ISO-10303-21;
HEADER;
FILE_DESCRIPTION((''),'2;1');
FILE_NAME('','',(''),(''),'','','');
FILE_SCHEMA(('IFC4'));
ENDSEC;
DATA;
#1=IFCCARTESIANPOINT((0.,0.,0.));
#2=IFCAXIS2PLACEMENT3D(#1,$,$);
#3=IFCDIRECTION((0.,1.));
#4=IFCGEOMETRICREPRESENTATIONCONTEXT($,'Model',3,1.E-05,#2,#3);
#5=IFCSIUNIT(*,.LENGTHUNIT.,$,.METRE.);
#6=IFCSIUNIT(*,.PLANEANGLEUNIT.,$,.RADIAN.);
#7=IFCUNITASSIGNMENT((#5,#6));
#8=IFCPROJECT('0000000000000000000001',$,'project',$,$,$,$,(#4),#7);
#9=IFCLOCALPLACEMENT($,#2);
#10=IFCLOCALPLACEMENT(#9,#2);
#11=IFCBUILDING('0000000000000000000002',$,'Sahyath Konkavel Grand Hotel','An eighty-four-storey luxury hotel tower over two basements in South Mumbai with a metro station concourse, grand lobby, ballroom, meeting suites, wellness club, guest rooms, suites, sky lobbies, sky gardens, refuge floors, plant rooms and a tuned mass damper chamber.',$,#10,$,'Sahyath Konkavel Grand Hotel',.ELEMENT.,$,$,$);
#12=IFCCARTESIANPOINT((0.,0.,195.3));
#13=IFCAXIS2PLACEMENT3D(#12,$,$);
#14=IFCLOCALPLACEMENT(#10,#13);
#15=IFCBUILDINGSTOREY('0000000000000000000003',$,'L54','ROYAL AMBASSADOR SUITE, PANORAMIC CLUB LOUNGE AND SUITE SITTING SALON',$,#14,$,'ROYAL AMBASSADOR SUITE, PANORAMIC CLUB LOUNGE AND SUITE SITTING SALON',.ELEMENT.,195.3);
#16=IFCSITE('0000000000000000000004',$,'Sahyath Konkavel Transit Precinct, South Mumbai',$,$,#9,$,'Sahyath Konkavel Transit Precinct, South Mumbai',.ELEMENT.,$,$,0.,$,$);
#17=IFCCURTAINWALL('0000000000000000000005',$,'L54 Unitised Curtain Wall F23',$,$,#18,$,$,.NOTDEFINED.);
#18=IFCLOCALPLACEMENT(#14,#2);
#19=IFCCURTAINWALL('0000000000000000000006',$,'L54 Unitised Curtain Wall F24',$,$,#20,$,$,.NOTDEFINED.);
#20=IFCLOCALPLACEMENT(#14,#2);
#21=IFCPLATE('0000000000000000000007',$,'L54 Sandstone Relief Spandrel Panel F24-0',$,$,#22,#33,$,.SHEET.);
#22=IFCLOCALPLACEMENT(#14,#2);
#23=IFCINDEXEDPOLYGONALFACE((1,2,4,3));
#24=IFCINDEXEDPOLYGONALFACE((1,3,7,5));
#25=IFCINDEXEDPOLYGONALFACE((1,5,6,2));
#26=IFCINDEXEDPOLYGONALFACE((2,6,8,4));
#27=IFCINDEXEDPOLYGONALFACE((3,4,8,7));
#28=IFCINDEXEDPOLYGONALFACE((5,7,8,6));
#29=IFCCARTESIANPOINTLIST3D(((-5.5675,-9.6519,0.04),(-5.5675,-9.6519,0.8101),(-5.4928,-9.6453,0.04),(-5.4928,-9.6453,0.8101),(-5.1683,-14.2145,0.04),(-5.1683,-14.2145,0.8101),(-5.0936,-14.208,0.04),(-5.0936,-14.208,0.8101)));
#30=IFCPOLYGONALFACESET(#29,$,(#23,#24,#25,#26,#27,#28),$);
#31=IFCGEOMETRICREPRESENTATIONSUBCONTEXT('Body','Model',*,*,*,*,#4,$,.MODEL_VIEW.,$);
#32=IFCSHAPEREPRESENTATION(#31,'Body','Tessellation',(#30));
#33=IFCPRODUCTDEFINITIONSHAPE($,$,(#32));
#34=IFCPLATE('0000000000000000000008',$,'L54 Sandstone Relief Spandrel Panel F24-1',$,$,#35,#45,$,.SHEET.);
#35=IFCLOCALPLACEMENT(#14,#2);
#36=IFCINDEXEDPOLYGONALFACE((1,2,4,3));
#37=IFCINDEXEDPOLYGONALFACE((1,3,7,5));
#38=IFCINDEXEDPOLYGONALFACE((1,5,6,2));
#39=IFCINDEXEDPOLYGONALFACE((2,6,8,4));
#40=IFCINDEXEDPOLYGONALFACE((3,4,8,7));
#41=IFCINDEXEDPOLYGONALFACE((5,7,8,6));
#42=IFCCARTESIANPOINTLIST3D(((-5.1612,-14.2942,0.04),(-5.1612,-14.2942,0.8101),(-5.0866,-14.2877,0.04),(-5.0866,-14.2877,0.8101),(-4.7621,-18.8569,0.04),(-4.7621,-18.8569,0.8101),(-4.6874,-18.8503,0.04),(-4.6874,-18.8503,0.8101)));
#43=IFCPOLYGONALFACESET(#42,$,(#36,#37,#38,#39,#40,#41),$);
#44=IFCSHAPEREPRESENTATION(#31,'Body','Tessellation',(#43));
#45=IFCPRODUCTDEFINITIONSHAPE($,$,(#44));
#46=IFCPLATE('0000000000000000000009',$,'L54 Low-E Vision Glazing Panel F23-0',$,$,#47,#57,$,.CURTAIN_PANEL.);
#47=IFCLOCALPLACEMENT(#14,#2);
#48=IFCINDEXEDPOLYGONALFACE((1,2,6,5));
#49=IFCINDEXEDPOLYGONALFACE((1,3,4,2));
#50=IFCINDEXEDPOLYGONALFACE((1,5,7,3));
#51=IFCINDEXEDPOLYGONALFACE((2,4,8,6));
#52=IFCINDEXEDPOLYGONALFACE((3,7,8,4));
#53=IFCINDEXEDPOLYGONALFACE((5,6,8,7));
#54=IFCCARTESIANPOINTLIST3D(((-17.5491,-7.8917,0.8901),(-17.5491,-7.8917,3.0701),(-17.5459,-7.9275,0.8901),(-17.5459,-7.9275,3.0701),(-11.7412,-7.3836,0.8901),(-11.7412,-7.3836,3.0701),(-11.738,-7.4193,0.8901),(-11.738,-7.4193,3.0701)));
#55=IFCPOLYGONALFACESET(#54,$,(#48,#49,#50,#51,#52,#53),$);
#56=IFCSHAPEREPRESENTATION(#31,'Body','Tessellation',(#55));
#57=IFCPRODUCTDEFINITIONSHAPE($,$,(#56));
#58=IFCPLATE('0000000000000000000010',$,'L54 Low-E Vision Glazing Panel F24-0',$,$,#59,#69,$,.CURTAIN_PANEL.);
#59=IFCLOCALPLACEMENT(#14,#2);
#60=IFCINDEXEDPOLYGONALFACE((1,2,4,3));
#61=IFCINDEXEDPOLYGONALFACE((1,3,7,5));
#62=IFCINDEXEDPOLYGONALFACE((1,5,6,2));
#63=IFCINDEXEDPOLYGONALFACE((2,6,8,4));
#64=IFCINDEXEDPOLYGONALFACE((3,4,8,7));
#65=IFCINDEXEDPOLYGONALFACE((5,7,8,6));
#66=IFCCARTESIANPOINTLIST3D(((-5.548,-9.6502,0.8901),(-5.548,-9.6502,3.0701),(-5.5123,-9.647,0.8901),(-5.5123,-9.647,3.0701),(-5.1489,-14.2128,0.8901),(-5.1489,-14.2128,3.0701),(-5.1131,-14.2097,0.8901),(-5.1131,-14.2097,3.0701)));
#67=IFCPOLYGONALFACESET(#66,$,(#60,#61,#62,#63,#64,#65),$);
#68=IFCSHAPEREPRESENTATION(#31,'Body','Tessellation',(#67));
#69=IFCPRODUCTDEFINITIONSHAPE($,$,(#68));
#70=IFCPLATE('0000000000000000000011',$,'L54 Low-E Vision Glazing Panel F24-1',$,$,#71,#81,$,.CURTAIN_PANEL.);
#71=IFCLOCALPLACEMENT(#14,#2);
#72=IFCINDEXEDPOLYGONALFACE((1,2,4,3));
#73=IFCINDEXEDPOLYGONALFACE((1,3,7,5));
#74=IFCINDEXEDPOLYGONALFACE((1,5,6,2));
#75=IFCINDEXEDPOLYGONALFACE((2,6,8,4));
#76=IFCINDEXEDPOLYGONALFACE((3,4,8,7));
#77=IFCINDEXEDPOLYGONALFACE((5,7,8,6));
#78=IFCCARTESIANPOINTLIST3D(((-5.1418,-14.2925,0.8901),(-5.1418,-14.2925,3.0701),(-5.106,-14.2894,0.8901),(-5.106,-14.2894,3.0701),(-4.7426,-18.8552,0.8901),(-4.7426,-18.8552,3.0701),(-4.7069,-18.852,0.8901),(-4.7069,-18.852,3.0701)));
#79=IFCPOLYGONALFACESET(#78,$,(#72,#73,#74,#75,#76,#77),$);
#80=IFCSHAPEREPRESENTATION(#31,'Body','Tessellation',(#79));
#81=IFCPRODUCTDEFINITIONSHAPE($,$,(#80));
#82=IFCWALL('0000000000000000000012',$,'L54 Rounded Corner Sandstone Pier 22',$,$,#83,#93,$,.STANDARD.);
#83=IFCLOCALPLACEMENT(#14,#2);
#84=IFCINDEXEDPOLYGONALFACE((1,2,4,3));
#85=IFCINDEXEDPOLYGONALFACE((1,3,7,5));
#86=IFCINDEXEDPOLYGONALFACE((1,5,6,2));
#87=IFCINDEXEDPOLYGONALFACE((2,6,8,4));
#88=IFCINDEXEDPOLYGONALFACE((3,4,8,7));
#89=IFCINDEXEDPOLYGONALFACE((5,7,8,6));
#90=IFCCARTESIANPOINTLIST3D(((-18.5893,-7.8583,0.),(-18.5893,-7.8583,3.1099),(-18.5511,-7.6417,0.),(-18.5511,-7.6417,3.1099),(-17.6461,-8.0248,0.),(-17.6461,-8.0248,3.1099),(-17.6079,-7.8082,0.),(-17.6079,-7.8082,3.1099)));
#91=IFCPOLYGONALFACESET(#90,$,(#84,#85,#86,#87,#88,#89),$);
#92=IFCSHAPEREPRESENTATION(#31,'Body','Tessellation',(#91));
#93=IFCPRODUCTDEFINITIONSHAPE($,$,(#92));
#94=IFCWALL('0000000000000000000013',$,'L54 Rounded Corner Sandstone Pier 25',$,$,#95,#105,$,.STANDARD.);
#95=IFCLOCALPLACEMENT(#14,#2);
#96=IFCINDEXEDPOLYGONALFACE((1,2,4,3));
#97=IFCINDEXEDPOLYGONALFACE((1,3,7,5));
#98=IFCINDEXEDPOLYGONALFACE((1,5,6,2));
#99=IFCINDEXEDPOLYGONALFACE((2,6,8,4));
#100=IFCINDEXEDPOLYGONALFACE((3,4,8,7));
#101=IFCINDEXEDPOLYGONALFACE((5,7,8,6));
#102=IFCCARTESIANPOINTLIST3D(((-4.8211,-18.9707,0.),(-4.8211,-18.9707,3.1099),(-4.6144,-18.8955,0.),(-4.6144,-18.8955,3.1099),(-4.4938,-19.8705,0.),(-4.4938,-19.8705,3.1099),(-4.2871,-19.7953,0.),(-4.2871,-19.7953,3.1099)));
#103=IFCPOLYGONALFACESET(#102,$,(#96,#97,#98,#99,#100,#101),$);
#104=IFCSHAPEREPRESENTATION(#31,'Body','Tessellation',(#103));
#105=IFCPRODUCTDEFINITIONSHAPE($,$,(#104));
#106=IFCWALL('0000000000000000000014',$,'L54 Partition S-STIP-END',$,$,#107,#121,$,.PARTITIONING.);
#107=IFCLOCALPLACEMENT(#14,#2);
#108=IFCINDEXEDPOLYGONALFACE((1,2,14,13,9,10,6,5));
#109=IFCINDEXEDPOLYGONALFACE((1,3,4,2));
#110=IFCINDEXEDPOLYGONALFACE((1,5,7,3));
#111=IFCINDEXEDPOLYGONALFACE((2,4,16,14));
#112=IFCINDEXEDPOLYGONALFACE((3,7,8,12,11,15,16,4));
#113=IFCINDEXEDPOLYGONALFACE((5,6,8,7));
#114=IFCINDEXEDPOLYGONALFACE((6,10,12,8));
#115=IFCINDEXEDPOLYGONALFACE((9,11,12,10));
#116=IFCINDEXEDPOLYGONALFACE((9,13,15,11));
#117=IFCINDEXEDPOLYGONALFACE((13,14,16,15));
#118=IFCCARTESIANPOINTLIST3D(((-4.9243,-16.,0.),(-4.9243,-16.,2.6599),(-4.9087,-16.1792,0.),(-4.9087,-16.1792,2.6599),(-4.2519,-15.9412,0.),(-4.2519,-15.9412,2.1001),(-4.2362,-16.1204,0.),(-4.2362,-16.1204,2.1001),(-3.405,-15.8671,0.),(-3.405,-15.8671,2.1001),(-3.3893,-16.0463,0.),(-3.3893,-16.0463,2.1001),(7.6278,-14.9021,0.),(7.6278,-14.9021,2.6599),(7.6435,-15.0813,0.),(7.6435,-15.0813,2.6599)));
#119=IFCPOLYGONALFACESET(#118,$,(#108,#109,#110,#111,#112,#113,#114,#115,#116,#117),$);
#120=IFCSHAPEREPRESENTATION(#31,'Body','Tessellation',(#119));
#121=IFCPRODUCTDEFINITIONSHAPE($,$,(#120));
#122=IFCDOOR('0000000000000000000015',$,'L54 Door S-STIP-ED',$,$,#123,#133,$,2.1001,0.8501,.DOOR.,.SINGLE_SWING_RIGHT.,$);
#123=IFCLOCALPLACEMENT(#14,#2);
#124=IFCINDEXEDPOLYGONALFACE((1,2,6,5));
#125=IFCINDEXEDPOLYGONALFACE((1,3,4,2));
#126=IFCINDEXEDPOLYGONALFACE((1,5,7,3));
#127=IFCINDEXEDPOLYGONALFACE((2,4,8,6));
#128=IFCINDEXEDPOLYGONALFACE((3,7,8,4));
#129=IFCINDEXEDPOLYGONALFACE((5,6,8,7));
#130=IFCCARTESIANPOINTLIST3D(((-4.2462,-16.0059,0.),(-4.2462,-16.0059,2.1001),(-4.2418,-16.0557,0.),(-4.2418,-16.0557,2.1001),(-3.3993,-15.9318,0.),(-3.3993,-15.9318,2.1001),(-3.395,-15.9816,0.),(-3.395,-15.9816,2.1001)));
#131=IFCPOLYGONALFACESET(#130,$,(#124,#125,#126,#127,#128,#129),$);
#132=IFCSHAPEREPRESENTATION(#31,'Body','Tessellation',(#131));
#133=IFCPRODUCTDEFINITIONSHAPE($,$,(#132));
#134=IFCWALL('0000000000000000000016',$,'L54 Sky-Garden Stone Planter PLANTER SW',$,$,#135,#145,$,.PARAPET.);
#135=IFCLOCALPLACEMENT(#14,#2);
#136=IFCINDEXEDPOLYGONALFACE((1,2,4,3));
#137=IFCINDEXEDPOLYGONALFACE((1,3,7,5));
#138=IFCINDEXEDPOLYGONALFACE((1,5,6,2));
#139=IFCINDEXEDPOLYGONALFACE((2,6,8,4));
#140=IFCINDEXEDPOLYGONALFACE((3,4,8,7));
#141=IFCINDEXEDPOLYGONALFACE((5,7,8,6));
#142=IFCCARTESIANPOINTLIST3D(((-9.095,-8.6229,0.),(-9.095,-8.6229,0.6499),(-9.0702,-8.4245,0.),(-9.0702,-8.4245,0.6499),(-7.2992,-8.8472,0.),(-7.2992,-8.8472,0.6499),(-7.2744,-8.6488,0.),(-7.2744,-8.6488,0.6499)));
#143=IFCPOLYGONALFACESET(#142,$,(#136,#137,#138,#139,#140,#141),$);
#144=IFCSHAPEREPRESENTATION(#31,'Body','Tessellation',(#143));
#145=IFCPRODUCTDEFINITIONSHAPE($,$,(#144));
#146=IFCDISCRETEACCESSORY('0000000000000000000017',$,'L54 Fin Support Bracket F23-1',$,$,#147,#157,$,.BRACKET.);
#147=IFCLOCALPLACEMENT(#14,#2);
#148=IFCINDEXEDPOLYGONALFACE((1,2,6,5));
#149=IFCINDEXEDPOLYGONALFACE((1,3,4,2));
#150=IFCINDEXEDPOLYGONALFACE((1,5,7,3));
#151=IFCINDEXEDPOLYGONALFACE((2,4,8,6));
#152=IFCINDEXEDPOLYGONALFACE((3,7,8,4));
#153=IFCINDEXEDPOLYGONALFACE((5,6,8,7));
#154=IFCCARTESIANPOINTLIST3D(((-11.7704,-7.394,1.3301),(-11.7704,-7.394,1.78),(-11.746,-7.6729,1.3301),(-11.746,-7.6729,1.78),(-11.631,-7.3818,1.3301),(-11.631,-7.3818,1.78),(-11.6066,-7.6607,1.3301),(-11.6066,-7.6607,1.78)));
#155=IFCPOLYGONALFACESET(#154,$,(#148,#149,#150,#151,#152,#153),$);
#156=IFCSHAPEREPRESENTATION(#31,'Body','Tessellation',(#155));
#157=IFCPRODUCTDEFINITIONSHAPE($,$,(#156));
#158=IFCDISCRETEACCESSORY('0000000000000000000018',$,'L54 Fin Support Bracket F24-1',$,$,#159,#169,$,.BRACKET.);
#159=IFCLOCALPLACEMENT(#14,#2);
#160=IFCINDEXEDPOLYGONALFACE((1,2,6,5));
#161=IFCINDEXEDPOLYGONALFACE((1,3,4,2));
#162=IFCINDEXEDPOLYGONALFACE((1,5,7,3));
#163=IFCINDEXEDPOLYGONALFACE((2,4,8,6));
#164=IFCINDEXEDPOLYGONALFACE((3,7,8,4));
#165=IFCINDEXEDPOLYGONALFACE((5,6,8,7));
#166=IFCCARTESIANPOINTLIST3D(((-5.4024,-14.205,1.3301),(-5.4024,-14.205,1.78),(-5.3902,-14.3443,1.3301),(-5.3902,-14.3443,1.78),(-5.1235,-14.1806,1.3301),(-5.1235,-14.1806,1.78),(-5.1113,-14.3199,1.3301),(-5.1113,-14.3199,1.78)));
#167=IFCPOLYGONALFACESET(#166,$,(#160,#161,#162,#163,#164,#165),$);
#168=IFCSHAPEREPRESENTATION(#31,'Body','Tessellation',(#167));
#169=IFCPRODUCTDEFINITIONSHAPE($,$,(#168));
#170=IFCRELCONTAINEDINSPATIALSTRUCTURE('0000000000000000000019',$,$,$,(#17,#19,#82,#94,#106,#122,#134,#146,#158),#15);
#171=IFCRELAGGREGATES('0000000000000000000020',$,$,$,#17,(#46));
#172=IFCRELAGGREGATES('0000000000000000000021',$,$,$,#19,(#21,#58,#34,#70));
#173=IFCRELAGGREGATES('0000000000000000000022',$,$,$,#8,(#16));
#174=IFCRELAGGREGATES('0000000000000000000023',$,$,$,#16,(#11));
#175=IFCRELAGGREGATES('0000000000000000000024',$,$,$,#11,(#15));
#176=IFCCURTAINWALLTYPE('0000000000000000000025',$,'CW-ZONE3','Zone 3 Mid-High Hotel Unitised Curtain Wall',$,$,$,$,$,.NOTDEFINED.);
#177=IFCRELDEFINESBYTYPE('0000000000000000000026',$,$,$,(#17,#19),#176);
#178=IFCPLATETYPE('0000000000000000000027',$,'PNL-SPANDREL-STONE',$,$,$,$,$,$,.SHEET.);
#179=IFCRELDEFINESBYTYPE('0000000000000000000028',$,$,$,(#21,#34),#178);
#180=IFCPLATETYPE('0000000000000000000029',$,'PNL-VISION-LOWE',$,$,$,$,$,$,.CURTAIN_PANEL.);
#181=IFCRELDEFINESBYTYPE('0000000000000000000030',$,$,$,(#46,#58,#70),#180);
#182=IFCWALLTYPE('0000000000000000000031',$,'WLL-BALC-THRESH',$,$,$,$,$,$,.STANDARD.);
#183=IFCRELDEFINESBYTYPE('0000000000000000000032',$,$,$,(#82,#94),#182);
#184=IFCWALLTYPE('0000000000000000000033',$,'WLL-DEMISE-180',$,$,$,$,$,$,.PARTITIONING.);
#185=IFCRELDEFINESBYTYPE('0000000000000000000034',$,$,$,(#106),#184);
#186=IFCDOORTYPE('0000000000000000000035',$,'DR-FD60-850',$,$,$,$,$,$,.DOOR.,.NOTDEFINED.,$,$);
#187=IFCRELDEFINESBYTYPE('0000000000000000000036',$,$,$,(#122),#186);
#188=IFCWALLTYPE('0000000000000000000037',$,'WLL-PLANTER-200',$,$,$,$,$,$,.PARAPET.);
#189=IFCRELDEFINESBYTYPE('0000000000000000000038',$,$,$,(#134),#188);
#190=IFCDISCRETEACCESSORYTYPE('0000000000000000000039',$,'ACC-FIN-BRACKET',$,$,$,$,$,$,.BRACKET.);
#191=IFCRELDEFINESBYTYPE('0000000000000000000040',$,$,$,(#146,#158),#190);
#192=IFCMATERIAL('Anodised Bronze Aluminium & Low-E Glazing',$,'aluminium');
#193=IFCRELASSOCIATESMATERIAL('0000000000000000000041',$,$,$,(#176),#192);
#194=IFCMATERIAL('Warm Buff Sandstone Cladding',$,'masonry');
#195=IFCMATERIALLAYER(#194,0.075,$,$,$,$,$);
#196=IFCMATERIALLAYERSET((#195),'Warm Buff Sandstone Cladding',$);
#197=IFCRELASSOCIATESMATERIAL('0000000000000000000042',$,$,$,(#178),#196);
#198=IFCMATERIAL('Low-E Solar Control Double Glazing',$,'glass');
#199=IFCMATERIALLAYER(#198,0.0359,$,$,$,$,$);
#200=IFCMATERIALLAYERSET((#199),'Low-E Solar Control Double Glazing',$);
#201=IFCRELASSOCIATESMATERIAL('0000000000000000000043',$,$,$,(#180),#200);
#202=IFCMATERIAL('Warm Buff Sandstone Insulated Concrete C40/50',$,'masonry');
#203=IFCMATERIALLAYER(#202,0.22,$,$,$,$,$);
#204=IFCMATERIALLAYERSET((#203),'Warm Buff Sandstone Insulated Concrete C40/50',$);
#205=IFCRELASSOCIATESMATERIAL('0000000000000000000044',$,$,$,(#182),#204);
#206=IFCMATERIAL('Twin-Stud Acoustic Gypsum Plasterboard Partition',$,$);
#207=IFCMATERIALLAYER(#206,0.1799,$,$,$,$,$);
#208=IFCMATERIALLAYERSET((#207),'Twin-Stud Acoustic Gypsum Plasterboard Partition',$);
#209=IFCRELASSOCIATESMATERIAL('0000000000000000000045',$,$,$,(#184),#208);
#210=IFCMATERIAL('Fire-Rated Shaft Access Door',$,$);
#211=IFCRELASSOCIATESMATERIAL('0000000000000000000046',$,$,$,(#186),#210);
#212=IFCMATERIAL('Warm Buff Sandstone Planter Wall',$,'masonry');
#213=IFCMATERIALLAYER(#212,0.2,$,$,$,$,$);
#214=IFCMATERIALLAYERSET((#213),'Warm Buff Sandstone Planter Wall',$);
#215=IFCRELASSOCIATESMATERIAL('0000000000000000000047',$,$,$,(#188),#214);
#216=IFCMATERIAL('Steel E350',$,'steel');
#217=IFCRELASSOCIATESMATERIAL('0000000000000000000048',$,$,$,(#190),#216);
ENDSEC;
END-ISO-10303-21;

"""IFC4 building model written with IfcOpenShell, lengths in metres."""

from ifc_helpers import new_model, si_unit, direction, frame, frame_2d, origin, origin_2d, place, context, subcontext, project, spatial, rectangle, extrude, source, transform, mapped, material, layer, layer_set, type_object, element, fill, aggregate, save


model = new_model("IFC4")

# Units and contexts
model_context = context("Model", 3, precision=1e-05, world=origin(), true_north=direction((0.0, 1.0)))
body_context = subcontext(model_context, "Body", "Model", "MODEL_VIEW")
ifc_project = project(units=[si_unit("LENGTHUNIT", "METRE"), si_unit("PLANEANGLEUNIT", "RADIAN")], contexts=[model_context])

# Site, building, storey
site_placement = place(None, origin())
site = spatial("IfcSite", under=ifc_project, at=site_placement, Name="Sahyath Konkavel Transit Precinct, South Mumbai", LongName="Sahyath Konkavel Transit Precinct, South Mumbai", CompositionType="ELEMENT", RefElevation=0.0)
building_placement = place(site_placement, origin())
building = spatial("IfcBuilding", under=site, at=building_placement, Name="Sahyath Konkavel Grand Hotel", Description="An eighty-four-storey luxury hotel tower over two basements in South Mumbai with a metro station concourse, grand lobby, ballroom, meeting suites, wellness club, guest rooms, suites, sky lobbies, sky gardens, refuge floors, plant rooms and a tuned mass damper chamber.", LongName="Sahyath Konkavel Grand Hotel", CompositionType="ELEMENT")
storey_placement = place(building_placement, frame((0.0, 0.0, 195.3)))
storey = spatial("IfcBuildingStorey", under=building, at=storey_placement, Name="L54", Description="ROYAL AMBASSADOR SUITE, PANORAMIC CLUB LOUNGE AND SUITE SITTING SALON", LongName="ROYAL AMBASSADOR SUITE, PANORAMIC CLUB LOUNGE AND SUITE SITTING SALON", CompositionType="ELEMENT", Elevation=195.3)

# Curtain walls
ifc_material_1 = material(Name="Anodised Bronze Aluminium & Low-E Glazing", Category="aluminium")
curtain_wall_type = type_object("IfcCurtainWallType", Name="CW-ZONE3", Description="Zone 3 Mid-High Hotel Unitised Curtain Wall", PredefinedType="NOTDEFINED", material=ifc_material_1)
curtain_wall_1_placement = place(storey_placement, origin())
curtain_wall_1 = element("IfcCurtainWall", 1, at=curtain_wall_1_placement, inside=storey, type_object=curtain_wall_type, Name="L54 Unitised Curtain Wall F23", PredefinedType="NOTDEFINED")
curtain_wall_2_placement = place(storey_placement, origin())
curtain_wall_2 = element("IfcCurtainWall", 2, at=curtain_wall_2_placement, inside=storey, type_object=curtain_wall_type, Name="L54 Unitised Curtain Wall F24", PredefinedType="NOTDEFINED")

# Plates
ifc_material_2 = material(Name="Warm Buff Sandstone Cladding", Category="masonry")
ifc_layer_1 = layer(ifc_material_2, 0.075)
ifc_layer_set_1 = layer_set([ifc_layer_1], Name="Warm Buff Sandstone Cladding")
plate_type_1 = type_object("IfcPlateType", Name="PNL-SPANDREL-STONE", PredefinedType="SHEET", material=ifc_layer_set_1)
shared_shape_1 = source(origin(), body_context, "Body", "SweptSolid", [
    extrude(rectangle(XDim=4.5801, YDim=0.075, at=origin_2d()), origin(), (0.0, 0.0, 1.0), 0.77),
])
plate_1_placement = place(storey_placement, frame((-5.3306, -11.9299, 0.04), z_axis=(0.0, 0.0, 1.0), x_axis=(0.087156, -0.996195, 0.0)))
plate_1 = element("IfcPlate", 3, at=plate_1_placement, type_object=plate_type_1, Name="L54 Sandstone Relief Spandrel Panel F24-0", PredefinedType="SHEET", context=body_context, shape_type="MappedRepresentation", body=[
    mapped(shared_shape_1, transform((0.0, 0.0, 0.0), scale=1.0)),
])
plate_2_placement = place(storey_placement, frame((-4.9243, -16.5723, 0.04), z_axis=(0.0, 0.0, 1.0), x_axis=(0.087156, -0.996195, 0.0)))
plate_2 = element("IfcPlate", 4, at=plate_2_placement, type_object=plate_type_1, Name="L54 Sandstone Relief Spandrel Panel F24-1", PredefinedType="SHEET", context=body_context, shape_type="MappedRepresentation", body=[
    mapped(shared_shape_1, transform((0.0, 0.0, 0.0), scale=1.0)),
])
ifc_material_3 = material(Name="Low-E Solar Control Double Glazing", Category="glass")
ifc_layer_2 = layer(ifc_material_3, 0.0359)
ifc_layer_set_2 = layer_set([ifc_layer_2], Name="Low-E Solar Control Double Glazing")
plate_type_2 = type_object("IfcPlateType", Name="PNL-VISION-LOWE", PredefinedType="CURTAIN_PANEL", material=ifc_layer_set_2)
shared_shape_2 = source(origin(), body_context, "Body", "SweptSolid", [
    extrude(rectangle(XDim=5.8301, YDim=0.0359, at=origin_2d()), origin(), (0.0, 0.0, 1.0), 2.1799),
])
plate_3_placement = place(storey_placement, frame((-14.6436, -7.6555, 0.8901), z_axis=(0.0, 0.0, 1.0), x_axis=(0.996195, 0.087156, 0.0)))
plate_3 = element("IfcPlate", 5, at=plate_3_placement, type_object=plate_type_2, Name="L54 Low-E Vision Glazing Panel F23-0", PredefinedType="CURTAIN_PANEL", context=body_context, shape_type="MappedRepresentation", body=[
    mapped(shared_shape_2, transform((0.0, 0.0, 0.0), scale=1.0)),
])
aggregate(curtain_wall_1, [plate_3])
shared_shape_3 = source(origin(), body_context, "Body", "SweptSolid", [
    extrude(rectangle(XDim=4.5801, YDim=0.0359, at=origin_2d()), origin(), (0.0, 0.0, 1.0), 2.1799),
])
plate_4_placement = place(storey_placement, frame((-5.3306, -11.9299, 0.8901), z_axis=(0.0, 0.0, 1.0), x_axis=(0.087156, -0.996195, 0.0)))
plate_4 = element("IfcPlate", 6, at=plate_4_placement, type_object=plate_type_2, Name="L54 Low-E Vision Glazing Panel F24-0", PredefinedType="CURTAIN_PANEL", context=body_context, shape_type="MappedRepresentation", body=[
    mapped(shared_shape_3, transform((0.0, 0.0, 0.0), scale=1.0)),
])
plate_5_placement = place(storey_placement, frame((-4.9243, -16.5723, 0.8901), z_axis=(0.0, 0.0, 1.0), x_axis=(0.087156, -0.996195, 0.0)))
plate_5 = element("IfcPlate", 7, at=plate_5_placement, type_object=plate_type_2, Name="L54 Low-E Vision Glazing Panel F24-1", PredefinedType="CURTAIN_PANEL", context=body_context, shape_type="MappedRepresentation", body=[
    mapped(shared_shape_3, transform((0.0, 0.0, 0.0), scale=1.0)),
])
aggregate(curtain_wall_2, [plate_1, plate_4, plate_2, plate_5])

# Walls
ifc_material_4 = material(Name="Warm Buff Sandstone Insulated Concrete C40/50", Category="masonry")
ifc_layer_3 = layer(ifc_material_4, 0.22)
ifc_layer_set_3 = layer_set([ifc_layer_3], Name="Warm Buff Sandstone Insulated Concrete C40/50")
wall_type_1 = type_object("IfcWallType", Name="WLL-BALC-THRESH", PredefinedType="STANDARD", material=ifc_layer_set_3)
wall_1_placement = place(storey_placement, frame((-18.5703, -7.75, 0.0), z_axis=(0.0, 0.0, 1.0), x_axis=(0.984771, -0.173858, 0.0)))
element("IfcWall", 8, at=wall_1_placement, inside=storey, type_object=wall_type_1, Name="L54 Rounded Corner Sandstone Pier 22", PredefinedType="STANDARD", context=body_context, shape_type="SweptSolid", body=[
    extrude(rectangle(XDim=0.9578, YDim=0.22, at=frame_2d((0.479, 0.0))), origin(), (0.0, 0.0, 1.0), 3.1099),
])
wall_2_placement = place(storey_placement, frame((-4.7178, -18.9331, 0.0), z_axis=(0.0, 0.0, 1.0), x_axis=(0.341886, -0.939741, 0.0)))
element("IfcWall", 9, at=wall_2_placement, inside=storey, type_object=wall_type_1, Name="L54 Rounded Corner Sandstone Pier 25", PredefinedType="STANDARD", context=body_context, shape_type="SweptSolid", body=[
    extrude(rectangle(XDim=0.9575, YDim=0.22, at=frame_2d((0.4788, 0.0))), origin(), (0.0, 0.0, 1.0), 3.1099),
])

# Wall, opening, door
ifc_material_5 = material(Name="Twin-Stud Acoustic Gypsum Plasterboard Partition")
ifc_layer_4 = layer(ifc_material_5, 0.1799)
ifc_layer_set_4 = layer_set([ifc_layer_4], Name="Twin-Stud Acoustic Gypsum Plasterboard Partition")
wall_type_2 = type_object("IfcWallType", Name="WLL-DEMISE-180", PredefinedType="PARTITIONING", material=ifc_layer_set_4)
wall_3_placement = place(storey_placement, frame((-4.9165, -16.0896, 0.0), z_axis=(0.0, 0.0, 1.0), x_axis=(0.996197, 0.087134, 0.0)))
wall_3 = element("IfcWall", 10, at=wall_3_placement, inside=storey, type_object=wall_type_2, Name="L54 Partition S-STIP-END", PredefinedType="PARTITIONING", context=body_context, shape_type="SweptSolid", body=[
    extrude(rectangle(XDim=12.6001, YDim=0.1799, at=frame_2d((6.3, 0.0))), origin(), (0.0, 0.0, 1.0), 2.6599),
])
opening_placement = place(wall_3_placement, frame((0.675, 0.0, 0.0)))
opening = element("IfcOpeningElement", 11, at=opening_placement, cuts=wall_3, PredefinedType="OPENING", context=body_context, shape_type="SweptSolid", body=[
    extrude(rectangle(XDim=0.8501, YDim=2.1001, at=frame_2d((0.425, 1.05))), frame((0.0, 0.1001, 0.0), z_axis=(0.0, -1.0, 0.0), x_axis=(1.0, 0.0, 0.0)), (0.0, 0.0, 1.0), 0.2),
])
ifc_material_6 = material(Name="Fire-Rated Shaft Access Door")
door_type = type_object("IfcDoorType", Name="DR-FD60-850", OperationType="NOTDEFINED", PredefinedType="DOOR", material=ifc_material_6)
shared_shape_4 = source(origin(), body_context, "Body", "SweptSolid", [
    extrude(rectangle(XDim=0.8501, YDim=0.05, at=origin_2d()), origin(), (0.0, 0.0, 1.0), 2.1001),
])
door_placement = place(opening_placement, frame((0.425, 0.0, 0.0)))
door = element("IfcDoor", 12, at=door_placement, inside=storey, type_object=door_type, Name="L54 Door S-STIP-ED", OperationType="SINGLE_SWING_RIGHT", OverallHeight=2.1001, OverallWidth=0.8501, PredefinedType="DOOR", context=body_context, shape_type="MappedRepresentation", body=[
    mapped(shared_shape_4, transform((0.0, 0.0, 0.0), scale=1.0)),
])
fill(opening, door)

# Wall
ifc_material_7 = material(Name="Warm Buff Sandstone Planter Wall", Category="masonry")
ifc_layer_5 = layer(ifc_material_7, 0.2)
ifc_layer_set_5 = layer_set([ifc_layer_5], Name="Warm Buff Sandstone Planter Wall")
wall_type_3 = type_object("IfcWallType", Name="WLL-PLANTER-200", PredefinedType="PARAPET", material=ifc_layer_set_5)
wall_4_placement = place(storey_placement, frame((-9.0825, -8.5237, 0.0), z_axis=(0.0, 0.0, 1.0), x_axis=(0.992286, -0.123968, 0.0)))
element("IfcWall", 13, at=wall_4_placement, inside=storey, type_object=wall_type_3, Name="L54 Sky-Garden Stone Planter PLANTER SW", PredefinedType="PARAPET", context=body_context, shape_type="SweptSolid", body=[
    extrude(rectangle(XDim=1.8098, YDim=0.2, at=frame_2d((0.9048, 0.0))), origin(), (0.0, 0.0, 1.0), 0.6499),
])

# Discrete accessories
ifc_material_8 = material(Name="Steel E350", Category="steel")
discrete_accessory_type = type_object("IfcDiscreteAccessoryType", Name="ACC-FIN-BRACKET", PredefinedType="BRACKET", material=ifc_material_8)
shared_shape_5 = source(origin(), body_context, "Body", "SweptSolid", [
    extrude(rectangle(XDim=0.28, YDim=0.1399, at=origin_2d()), origin(), (0.0, 0.0, 1.0), 0.45),
])
for number, where, z_axis, x_axis, name in (
    (14, (-11.6885, -7.5273, 1.3301), (0.0, 0.0, 1.0), (0.087156, -0.996195, 0.0), "L54 Fin Support Bracket F23-1"),
    (15, (-5.2568, -14.2625, 1.3301), (0.0, 0.0, 1.0), (-0.996195, -0.087156, 0.0), "L54 Fin Support Bracket F24-1"),
):
    element("IfcDiscreteAccessory", number, at=place(storey_placement, frame(where, z_axis=z_axis, x_axis=x_axis)), inside=storey, type_object=discrete_accessory_type, Name=name, PredefinedType="BRACKET", context=body_context, shape_type="MappedRepresentation", body=[
        mapped(shared_shape_5, transform((0.0, 0.0, 0.0), scale=1.0)),
    ])

save(model, "model.ifc")
